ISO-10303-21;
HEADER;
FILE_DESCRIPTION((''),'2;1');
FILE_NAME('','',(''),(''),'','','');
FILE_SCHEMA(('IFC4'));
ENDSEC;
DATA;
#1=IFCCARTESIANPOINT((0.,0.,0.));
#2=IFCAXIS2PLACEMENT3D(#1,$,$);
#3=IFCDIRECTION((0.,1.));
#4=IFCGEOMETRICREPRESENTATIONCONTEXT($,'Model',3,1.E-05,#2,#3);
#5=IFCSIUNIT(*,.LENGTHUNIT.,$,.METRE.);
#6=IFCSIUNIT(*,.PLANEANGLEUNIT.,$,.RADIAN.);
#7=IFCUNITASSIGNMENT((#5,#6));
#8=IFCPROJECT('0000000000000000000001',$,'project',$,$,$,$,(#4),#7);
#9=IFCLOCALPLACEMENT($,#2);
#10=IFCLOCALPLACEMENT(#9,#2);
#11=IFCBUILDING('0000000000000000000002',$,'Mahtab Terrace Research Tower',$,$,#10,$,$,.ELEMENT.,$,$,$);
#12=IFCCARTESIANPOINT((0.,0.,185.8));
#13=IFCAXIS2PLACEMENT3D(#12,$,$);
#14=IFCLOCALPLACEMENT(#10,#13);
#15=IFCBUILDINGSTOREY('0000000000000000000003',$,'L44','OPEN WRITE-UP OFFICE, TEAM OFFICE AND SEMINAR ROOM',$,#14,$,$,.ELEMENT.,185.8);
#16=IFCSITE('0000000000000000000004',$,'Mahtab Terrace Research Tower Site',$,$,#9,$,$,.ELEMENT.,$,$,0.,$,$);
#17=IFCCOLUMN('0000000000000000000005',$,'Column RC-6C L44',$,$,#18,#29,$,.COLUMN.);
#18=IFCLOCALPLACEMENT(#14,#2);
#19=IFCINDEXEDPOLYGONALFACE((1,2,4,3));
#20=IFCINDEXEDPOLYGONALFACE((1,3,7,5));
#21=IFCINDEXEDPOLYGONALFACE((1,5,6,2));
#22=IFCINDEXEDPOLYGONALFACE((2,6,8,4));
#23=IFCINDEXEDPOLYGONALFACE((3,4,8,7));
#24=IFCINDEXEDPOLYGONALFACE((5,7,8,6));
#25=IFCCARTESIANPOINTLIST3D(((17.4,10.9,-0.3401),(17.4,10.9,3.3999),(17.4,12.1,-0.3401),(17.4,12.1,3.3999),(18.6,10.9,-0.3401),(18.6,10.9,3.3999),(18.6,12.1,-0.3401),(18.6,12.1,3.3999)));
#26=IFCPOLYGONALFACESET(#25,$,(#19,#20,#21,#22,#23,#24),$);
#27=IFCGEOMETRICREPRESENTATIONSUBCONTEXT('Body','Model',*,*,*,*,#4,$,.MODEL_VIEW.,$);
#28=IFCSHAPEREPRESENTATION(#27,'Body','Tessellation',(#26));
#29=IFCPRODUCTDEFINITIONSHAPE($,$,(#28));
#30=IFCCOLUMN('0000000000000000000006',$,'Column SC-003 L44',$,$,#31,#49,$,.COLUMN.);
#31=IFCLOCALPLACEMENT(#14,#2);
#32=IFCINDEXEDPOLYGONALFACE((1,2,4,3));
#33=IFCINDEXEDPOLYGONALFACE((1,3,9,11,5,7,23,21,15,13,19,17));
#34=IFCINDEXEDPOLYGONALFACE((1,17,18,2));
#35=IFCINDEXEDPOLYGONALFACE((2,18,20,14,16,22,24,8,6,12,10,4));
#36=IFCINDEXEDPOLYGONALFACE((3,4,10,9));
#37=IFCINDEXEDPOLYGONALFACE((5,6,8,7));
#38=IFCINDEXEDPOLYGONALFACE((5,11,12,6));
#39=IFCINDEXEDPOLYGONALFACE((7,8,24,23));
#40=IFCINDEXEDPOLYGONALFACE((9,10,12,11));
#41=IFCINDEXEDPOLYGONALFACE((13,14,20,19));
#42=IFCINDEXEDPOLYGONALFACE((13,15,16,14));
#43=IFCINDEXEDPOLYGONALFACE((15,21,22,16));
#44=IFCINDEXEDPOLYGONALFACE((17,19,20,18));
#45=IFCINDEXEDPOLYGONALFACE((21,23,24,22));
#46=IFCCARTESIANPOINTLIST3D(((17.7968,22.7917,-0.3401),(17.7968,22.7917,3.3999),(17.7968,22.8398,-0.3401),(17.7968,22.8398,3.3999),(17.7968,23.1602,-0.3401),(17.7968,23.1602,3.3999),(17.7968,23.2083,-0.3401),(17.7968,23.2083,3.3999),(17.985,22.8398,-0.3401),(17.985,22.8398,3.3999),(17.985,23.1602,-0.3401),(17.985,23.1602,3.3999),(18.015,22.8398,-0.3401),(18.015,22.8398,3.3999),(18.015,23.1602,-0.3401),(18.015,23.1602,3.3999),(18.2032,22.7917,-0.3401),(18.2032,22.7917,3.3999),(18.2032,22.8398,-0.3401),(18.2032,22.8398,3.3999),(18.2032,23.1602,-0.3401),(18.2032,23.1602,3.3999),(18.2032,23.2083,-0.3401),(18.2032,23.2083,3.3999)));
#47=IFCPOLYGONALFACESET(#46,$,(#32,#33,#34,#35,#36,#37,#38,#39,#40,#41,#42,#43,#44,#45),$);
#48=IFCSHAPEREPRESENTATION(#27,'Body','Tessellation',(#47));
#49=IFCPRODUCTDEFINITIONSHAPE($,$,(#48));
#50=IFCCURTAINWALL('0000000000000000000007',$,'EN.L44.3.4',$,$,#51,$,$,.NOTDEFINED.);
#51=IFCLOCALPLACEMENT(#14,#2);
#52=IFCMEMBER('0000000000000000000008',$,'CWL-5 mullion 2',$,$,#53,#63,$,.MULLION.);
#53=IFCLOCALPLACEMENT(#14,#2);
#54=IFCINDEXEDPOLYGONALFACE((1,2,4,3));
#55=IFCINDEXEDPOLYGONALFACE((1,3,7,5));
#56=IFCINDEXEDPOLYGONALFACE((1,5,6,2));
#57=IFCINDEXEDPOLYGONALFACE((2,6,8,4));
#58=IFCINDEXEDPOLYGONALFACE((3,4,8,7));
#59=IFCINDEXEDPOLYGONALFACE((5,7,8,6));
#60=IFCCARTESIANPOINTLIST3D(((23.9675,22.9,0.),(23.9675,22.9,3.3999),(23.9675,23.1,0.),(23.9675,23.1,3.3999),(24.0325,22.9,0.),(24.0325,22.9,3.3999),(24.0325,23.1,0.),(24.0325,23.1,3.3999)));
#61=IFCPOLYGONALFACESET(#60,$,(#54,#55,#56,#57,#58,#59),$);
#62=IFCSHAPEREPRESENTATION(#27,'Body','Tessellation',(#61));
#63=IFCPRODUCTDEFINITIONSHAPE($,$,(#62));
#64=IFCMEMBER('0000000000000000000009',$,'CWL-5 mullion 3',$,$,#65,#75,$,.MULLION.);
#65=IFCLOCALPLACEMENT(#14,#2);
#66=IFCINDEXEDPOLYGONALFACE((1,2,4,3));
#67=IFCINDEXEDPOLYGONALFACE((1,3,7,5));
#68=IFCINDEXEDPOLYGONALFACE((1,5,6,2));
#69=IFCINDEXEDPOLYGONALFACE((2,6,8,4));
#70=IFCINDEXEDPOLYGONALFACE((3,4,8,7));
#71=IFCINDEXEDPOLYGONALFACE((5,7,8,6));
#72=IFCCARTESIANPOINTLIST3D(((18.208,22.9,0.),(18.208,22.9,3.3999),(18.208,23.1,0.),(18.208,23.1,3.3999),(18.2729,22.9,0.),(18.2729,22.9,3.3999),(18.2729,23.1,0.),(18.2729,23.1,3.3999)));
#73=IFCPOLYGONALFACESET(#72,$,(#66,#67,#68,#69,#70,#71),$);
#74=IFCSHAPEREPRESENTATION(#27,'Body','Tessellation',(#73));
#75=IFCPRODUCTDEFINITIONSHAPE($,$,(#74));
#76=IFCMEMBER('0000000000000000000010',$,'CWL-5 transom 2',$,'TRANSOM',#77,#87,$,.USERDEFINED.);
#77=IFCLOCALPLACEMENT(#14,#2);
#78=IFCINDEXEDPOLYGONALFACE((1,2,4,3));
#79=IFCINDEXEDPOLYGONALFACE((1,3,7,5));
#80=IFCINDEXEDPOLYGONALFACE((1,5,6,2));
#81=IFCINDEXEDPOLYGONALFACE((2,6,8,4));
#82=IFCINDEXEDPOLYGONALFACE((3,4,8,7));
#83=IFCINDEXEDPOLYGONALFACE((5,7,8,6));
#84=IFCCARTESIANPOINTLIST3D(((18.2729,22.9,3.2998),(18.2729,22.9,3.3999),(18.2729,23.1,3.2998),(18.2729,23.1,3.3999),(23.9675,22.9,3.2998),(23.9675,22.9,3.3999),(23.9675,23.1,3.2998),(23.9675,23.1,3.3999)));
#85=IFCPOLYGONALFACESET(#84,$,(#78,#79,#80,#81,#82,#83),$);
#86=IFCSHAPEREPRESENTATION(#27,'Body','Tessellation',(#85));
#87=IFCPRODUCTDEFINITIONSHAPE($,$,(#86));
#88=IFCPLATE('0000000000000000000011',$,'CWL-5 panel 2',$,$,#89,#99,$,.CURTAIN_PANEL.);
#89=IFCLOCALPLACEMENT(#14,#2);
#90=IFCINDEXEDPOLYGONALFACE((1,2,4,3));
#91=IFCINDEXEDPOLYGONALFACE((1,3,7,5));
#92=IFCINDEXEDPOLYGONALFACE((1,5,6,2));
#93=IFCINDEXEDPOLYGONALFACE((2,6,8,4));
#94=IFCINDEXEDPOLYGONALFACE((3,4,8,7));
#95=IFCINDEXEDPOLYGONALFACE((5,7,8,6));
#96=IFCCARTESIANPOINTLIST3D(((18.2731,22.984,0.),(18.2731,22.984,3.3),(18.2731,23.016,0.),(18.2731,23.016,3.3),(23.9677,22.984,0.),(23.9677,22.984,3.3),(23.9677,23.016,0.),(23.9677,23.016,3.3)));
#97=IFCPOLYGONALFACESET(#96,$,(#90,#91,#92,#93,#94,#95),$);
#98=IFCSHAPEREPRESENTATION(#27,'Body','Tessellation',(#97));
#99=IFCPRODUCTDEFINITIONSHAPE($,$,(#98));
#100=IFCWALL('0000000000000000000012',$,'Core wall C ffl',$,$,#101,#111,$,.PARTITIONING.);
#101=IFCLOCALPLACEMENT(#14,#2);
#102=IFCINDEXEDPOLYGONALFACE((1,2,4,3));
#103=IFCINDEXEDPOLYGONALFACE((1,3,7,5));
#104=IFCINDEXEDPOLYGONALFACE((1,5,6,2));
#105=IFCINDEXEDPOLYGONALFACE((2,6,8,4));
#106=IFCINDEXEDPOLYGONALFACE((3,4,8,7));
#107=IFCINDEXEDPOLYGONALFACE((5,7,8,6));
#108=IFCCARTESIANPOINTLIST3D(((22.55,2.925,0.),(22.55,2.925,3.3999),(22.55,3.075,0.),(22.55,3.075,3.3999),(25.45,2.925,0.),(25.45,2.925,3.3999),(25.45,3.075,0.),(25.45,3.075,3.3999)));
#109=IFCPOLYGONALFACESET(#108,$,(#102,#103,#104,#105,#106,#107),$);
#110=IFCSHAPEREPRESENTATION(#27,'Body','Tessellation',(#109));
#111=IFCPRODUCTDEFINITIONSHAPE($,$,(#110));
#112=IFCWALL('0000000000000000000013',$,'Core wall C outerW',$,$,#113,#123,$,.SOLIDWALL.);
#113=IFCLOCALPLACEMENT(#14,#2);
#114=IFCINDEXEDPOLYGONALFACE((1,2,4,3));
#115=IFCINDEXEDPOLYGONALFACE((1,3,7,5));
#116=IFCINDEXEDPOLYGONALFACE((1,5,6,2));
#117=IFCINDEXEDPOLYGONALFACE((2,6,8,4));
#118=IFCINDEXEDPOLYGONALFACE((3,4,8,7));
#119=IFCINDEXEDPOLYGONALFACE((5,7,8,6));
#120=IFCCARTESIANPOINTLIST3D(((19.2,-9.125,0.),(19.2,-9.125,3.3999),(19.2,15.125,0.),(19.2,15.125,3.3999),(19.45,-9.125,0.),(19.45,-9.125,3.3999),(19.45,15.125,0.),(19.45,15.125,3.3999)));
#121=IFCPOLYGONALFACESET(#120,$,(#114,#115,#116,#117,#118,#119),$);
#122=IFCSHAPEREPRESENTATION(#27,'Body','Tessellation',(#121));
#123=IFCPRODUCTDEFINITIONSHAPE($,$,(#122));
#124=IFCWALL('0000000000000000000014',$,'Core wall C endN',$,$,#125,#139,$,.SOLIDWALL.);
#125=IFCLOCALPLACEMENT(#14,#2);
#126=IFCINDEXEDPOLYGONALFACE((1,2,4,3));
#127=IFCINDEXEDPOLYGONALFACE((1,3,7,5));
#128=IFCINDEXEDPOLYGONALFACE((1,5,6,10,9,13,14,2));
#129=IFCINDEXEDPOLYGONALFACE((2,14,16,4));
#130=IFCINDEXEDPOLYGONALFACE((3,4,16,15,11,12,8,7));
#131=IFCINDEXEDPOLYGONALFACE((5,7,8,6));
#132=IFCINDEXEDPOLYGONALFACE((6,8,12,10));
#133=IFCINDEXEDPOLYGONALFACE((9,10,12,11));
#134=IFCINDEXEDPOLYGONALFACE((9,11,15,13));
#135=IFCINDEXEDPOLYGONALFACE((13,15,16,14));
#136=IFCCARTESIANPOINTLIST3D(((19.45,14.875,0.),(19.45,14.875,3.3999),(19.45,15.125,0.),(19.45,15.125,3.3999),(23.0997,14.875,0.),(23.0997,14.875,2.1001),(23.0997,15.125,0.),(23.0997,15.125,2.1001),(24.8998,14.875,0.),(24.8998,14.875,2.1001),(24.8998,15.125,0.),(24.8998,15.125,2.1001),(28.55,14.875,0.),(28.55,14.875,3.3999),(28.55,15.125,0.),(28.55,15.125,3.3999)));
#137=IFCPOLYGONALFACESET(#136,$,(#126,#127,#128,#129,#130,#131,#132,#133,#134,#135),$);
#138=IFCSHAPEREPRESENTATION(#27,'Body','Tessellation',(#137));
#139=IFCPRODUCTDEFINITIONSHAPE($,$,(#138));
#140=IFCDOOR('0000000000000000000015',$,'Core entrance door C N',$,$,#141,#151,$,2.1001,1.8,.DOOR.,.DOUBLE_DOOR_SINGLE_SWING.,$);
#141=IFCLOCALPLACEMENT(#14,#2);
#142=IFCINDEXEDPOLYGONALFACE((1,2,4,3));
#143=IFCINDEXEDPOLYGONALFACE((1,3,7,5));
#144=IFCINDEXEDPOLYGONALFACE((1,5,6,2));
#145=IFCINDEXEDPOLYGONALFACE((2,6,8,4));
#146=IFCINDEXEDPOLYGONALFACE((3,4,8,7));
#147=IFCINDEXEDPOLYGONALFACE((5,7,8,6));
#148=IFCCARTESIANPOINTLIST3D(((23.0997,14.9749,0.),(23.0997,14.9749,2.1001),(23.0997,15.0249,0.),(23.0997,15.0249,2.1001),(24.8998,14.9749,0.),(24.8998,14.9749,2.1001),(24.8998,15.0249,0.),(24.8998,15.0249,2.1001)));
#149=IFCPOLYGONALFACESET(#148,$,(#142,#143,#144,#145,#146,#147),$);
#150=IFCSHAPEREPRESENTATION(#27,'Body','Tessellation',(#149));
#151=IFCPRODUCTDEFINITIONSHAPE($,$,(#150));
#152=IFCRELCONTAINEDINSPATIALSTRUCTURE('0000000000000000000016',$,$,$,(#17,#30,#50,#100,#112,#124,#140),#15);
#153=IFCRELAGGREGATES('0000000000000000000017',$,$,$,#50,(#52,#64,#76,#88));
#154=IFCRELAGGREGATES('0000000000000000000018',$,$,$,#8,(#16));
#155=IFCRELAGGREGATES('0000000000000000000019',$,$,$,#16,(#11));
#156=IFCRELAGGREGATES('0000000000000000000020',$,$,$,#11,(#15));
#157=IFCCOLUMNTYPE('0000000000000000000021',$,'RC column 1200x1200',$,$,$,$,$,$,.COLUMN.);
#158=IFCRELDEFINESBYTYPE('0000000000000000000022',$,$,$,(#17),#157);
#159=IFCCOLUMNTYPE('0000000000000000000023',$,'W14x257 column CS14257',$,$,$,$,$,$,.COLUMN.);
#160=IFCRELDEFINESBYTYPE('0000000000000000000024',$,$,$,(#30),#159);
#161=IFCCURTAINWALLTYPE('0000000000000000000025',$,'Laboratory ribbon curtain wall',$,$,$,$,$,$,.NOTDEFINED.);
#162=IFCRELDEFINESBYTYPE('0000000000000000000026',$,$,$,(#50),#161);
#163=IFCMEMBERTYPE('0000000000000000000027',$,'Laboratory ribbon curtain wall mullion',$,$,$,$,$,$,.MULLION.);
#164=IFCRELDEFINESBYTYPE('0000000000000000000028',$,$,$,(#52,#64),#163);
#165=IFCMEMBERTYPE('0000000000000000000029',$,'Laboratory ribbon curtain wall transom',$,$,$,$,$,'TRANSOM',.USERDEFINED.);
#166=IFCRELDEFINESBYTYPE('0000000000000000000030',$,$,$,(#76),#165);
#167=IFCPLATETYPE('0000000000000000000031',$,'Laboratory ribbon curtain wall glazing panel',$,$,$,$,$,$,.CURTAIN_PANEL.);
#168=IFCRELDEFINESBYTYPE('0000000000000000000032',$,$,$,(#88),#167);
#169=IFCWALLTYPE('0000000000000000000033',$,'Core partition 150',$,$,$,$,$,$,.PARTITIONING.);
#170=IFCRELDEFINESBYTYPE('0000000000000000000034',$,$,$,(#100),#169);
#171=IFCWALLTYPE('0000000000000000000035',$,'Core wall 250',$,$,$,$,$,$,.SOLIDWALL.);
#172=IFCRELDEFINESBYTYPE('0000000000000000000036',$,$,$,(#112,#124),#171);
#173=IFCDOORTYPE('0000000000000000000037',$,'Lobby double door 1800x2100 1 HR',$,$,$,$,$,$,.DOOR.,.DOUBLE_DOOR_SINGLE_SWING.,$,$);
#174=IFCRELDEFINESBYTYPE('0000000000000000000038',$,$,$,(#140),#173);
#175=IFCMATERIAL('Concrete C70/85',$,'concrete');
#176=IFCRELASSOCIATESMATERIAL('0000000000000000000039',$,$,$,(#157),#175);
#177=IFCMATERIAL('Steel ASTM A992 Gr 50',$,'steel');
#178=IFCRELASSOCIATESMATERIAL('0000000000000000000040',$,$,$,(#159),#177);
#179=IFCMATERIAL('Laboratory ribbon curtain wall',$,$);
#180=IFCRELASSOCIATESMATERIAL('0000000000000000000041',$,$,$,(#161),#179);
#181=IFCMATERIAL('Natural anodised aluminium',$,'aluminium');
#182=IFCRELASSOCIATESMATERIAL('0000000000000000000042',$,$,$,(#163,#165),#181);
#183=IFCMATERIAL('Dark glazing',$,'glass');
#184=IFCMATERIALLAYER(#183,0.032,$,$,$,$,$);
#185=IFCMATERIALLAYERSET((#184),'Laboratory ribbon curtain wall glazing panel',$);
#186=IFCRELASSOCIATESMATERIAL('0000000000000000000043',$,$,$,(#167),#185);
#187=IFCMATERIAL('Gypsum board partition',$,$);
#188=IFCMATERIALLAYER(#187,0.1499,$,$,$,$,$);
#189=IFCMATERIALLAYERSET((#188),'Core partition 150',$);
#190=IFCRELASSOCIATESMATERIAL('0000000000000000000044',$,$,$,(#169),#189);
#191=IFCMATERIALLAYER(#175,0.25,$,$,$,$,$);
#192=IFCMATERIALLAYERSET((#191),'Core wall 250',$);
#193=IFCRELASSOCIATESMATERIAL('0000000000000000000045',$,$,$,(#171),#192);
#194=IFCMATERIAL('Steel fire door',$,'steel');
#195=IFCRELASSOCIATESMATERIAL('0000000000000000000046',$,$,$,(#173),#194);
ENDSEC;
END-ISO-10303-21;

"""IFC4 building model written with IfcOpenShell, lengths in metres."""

from ifc_helpers import new_model, si_unit, direction, frame, frame_2d, origin, origin_2d, place, context, subcontext, project, spatial, rectangle, i_section, extrude, material, layer, layer_set, material_profile, profile_set, type_object, element, fill, aggregate, save


model = new_model("IFC4")

# Units and contexts
model_context = context("Model", 3, precision=1e-05, world=origin(), true_north=direction((0.0, 1.0)))
body_context = subcontext(model_context, "Body", "Model", "MODEL_VIEW")
ifc_project = project(units=[si_unit("LENGTHUNIT", "METRE"), si_unit("PLANEANGLEUNIT", "RADIAN")], contexts=[model_context])

# Site, building, storey
site_placement = place(None, origin())
site = spatial("IfcSite", under=ifc_project, at=site_placement, Name="Mahtab Terrace Research Tower Site", CompositionType="ELEMENT", RefElevation=0.0)
building_placement = place(site_placement, origin())
building = spatial("IfcBuilding", under=site, at=building_placement, Name="Mahtab Terrace Research Tower", CompositionType="ELEMENT")
storey_placement = place(building_placement, frame((0.0, 0.0, 185.8)))
storey = spatial("IfcBuildingStorey", under=building, at=storey_placement, Name="L44", Description="OPEN WRITE-UP OFFICE, TEAM OFFICE AND SEMINAR ROOM", CompositionType="ELEMENT", Elevation=185.8)

# Columns
ifc_material_1 = material(Name="Concrete C70/85", Category="concrete")
ifc_material_profile_1 = material_profile(ifc_material_1, rectangle(XDim=1.2, YDim=1.2, at=origin_2d()), Name="RC column 1200x1200")
ifc_profile_set_1 = profile_set([ifc_material_profile_1], Name="Concrete C70/85")
column_type_1 = type_object("IfcColumnType", Name="RC column 1200x1200", PredefinedType="COLUMN", material=ifc_profile_set_1)
column_1_placement = place(storey_placement, frame((18.0, 11.5, -0.3401), z_axis=(0.0, 0.0, 1.0), x_axis=(1.0, 0.0, 0.0)))
element("IfcColumn", 1, at=column_1_placement, inside=storey, type_object=column_type_1, Name="Column RC-6C L44", PredefinedType="COLUMN", context=body_context, shape_type="SweptSolid", body=[
    extrude(rectangle(XDim=1.2, YDim=1.2, at=origin_2d()), origin(), (0.0, 0.0, 1.0), 3.74),
])
ifc_material_2 = material(Name="Steel ASTM A992 Gr 50", Category="steel")
ifc_material_profile_2 = material_profile(ifc_material_2, i_section(OverallWidth=0.4065, OverallDepth=0.4165, WebThickness=0.03, FlangeThickness=0.0481, at=origin_2d()), Name="W14X257")
ifc_profile_set_2 = profile_set([ifc_material_profile_2], Name="Steel ASTM A992 Gr 50")
column_type_2 = type_object("IfcColumnType", Name="W14x257 column CS14257", PredefinedType="COLUMN", material=ifc_profile_set_2)
column_2_placement = place(storey_placement, frame((18.0, 23.0, -0.3401), z_axis=(0.0, 0.0, 1.0), x_axis=(1.0, 0.0, 0.0)))
element("IfcColumn", 2, at=column_2_placement, inside=storey, type_object=column_type_2, Name="Column SC-003 L44", PredefinedType="COLUMN", context=body_context, shape_type="SweptSolid", body=[
    extrude(i_section(OverallWidth=0.4065, OverallDepth=0.4165, WebThickness=0.03, FlangeThickness=0.0481, at=origin_2d()), origin(), (0.0, 0.0, 1.0), 3.74),
])

# Curtain wall, members, plate
ifc_material_3 = material(Name="Laboratory ribbon curtain wall")
curtain_wall_type = type_object("IfcCurtainWallType", Name="Laboratory ribbon curtain wall", PredefinedType="NOTDEFINED", material=ifc_material_3)
curtain_wall_placement = place(storey_placement, origin())
curtain_wall = element("IfcCurtainWall", 3, at=curtain_wall_placement, inside=storey, type_object=curtain_wall_type, Name="EN.L44.3.4", PredefinedType="NOTDEFINED")
ifc_material_4 = material(Name="Natural anodised aluminium", Category="aluminium")
ifc_material_profile_3 = material_profile(ifc_material_4, rectangle(XDim=0.2, YDim=0.0649, at=origin_2d()), Name="MULLION 65x200")
ifc_profile_set_3 = profile_set([ifc_material_profile_3], Name="Natural anodised aluminium")
member_type_1 = type_object("IfcMemberType", Name="Laboratory ribbon curtain wall mullion", PredefinedType="MULLION", material=ifc_profile_set_3)
member_1_placement = place(storey_placement, frame((24.0, 23.0, 0.0), z_axis=(0.0, 0.0, 1.0), x_axis=(0.0, -1.0, 0.0)))
member_1 = element("IfcMember", 4, at=member_1_placement, type_object=member_type_1, Name="CWL-5 mullion 2", PredefinedType="MULLION", context=body_context, shape_type="SweptSolid", body=[
    extrude(rectangle(XDim=0.2, YDim=0.0649, at=origin_2d()), origin(), (0.0, 0.0, 1.0), 3.3999),
])
member_2_placement = place(storey_placement, frame((18.2405, 23.0, 0.0), z_axis=(0.0, 0.0, 1.0), x_axis=(0.0, -1.0, 0.0)))
member_2 = element("IfcMember", 5, at=member_2_placement, type_object=member_type_1, Name="CWL-5 mullion 3", PredefinedType="MULLION", context=body_context, shape_type="SweptSolid", body=[
    extrude(rectangle(XDim=0.2, YDim=0.0649, at=origin_2d()), origin(), (0.0, 0.0, 1.0), 3.3999),
])
ifc_material_profile_4 = material_profile(ifc_material_4, rectangle(XDim=0.2, YDim=0.1001, at=origin_2d()), Name="TRANSOM 100x200")
ifc_profile_set_4 = profile_set([ifc_material_profile_4], Name="Natural anodised aluminium")
member_type_2 = type_object("IfcMemberType", Name="Laboratory ribbon curtain wall transom", ElementType="TRANSOM", PredefinedType="USERDEFINED", material=ifc_profile_set_4)
member_3_placement = place(storey_placement, frame((23.9675, 23.0, 3.3499), z_axis=(-1.0, 0.0, 0.0), x_axis=(0.0, -1.0, 0.0)))
member_3 = element("IfcMember", 6, at=member_3_placement, type_object=member_type_2, Name="CWL-5 transom 2", ObjectType="TRANSOM", PredefinedType="USERDEFINED", context=body_context, shape_type="SweptSolid", body=[
    extrude(rectangle(XDim=0.2, YDim=0.1001, at=origin_2d()), origin(), (0.0, 0.0, 1.0), 5.6946),
])
ifc_material_5 = material(Name="Dark glazing", Category="glass")
ifc_layer_1 = layer(ifc_material_5, 0.032)
ifc_layer_set_1 = layer_set([ifc_layer_1], Name="Laboratory ribbon curtain wall glazing panel")
plate_type = type_object("IfcPlateType", Name="Laboratory ribbon curtain wall glazing panel", PredefinedType="CURTAIN_PANEL", material=ifc_layer_set_1)
plate_placement = place(storey_placement, frame((21.1204, 23.0, 0.0), z_axis=(0.0, 0.0, 1.0), x_axis=(-1.0, 0.0, 0.0)))
plate = element("IfcPlate", 7, at=plate_placement, type_object=plate_type, Name="CWL-5 panel 2", PredefinedType="CURTAIN_PANEL", context=body_context, shape_type="SweptSolid", body=[
    extrude(rectangle(XDim=5.6946, YDim=0.032, at=origin_2d()), origin(), (0.0, 0.0, 1.0), 3.3),
])
aggregate(curtain_wall, [member_1, member_2, member_3, plate])

# Walls
ifc_material_6 = material(Name="Gypsum board partition")
ifc_layer_2 = layer(ifc_material_6, 0.1499)
ifc_layer_set_2 = layer_set([ifc_layer_2], Name="Core partition 150")
wall_type_1 = type_object("IfcWallType", Name="Core partition 150", PredefinedType="PARTITIONING", material=ifc_layer_set_2)
wall_1_placement = place(storey_placement, frame((22.55, 3.0, 0.0), z_axis=(0.0, 0.0, 1.0), x_axis=(1.0, 0.0, 0.0)))
element("IfcWall", 8, at=wall_1_placement, inside=storey, type_object=wall_type_1, Name="Core wall C ffl", PredefinedType="PARTITIONING", context=body_context, shape_type="SweptSolid", body=[
    extrude(rectangle(XDim=2.8999, YDim=0.1499, at=frame_2d((1.45, 0.0))), origin(), (0.0, 0.0, 1.0), 3.3999),
])
ifc_layer_3 = layer(ifc_material_1, 0.25)
ifc_layer_set_3 = layer_set([ifc_layer_3], Name="Core wall 250")
wall_type_2 = type_object("IfcWallType", Name="Core wall 250", PredefinedType="SOLIDWALL", material=ifc_layer_set_3)
wall_2_placement = place(storey_placement, frame((19.325, 15.125, 0.0), z_axis=(0.0, 0.0, 1.0), x_axis=(0.0, -1.0, 0.0)))
element("IfcWall", 9, at=wall_2_placement, inside=storey, type_object=wall_type_2, Name="Core wall C outerW", PredefinedType="SOLIDWALL", context=body_context, shape_type="SweptSolid", body=[
    extrude(rectangle(XDim=24.25, YDim=0.25, at=frame_2d((12.125, 0.0))), origin(), (0.0, 0.0, 1.0), 3.3999),
])

# Wall, opening, door
wall_3_placement = place(storey_placement, frame((19.45, 15.0, 0.0), z_axis=(0.0, 0.0, 1.0), x_axis=(1.0, 0.0, 0.0)))
wall_3 = element("IfcWall", 10, at=wall_3_placement, inside=storey, type_object=wall_type_2, Name="Core wall C endN", PredefinedType="SOLIDWALL", context=body_context, shape_type="SweptSolid", body=[
    extrude(rectangle(XDim=9.1001, YDim=0.25, at=frame_2d((4.55, 0.0))), origin(), (0.0, 0.0, 1.0), 3.3999),
])
opening_1_placement = place(wall_3_placement, frame((3.6499, 0.0, 0.0)))
opening_1 = element("IfcOpeningElement", 11, at=opening_1_placement, cuts=wall_3, PredefinedType="OPENING", context=body_context, shape_type="SweptSolid", body=[
    extrude(rectangle(XDim=1.8, YDim=2.1001, at=frame_2d((0.8999, 1.05))), frame((0.0, 0.135, 0.0), z_axis=(0.0, -1.0, 0.0), x_axis=(1.0, 0.0, 0.0)), (0.0, 0.0, 1.0), 0.27),
])
ifc_material_7 = material(Name="Steel fire door", Category="steel")
door_type_1 = type_object("IfcDoorType", Name="Lobby double door 1800x2100 1 HR", OperationType="DOUBLE_DOOR_SINGLE_SWING", PredefinedType="DOOR", material=ifc_material_7)
door_1_placement = place(opening_1_placement, origin())
door_1 = element("IfcDoor", 12, at=door_1_placement, inside=storey, type_object=door_type_1, Name="Core entrance door C N", OperationType="DOUBLE_DOOR_SINGLE_SWING", OverallHeight=2.1001, OverallWidth=1.8, PredefinedType="DOOR", context=body_context, shape_type="SweptSolid", body=[
    extrude(rectangle(XDim=1.8, YDim=2.1001, at=frame_2d((0.8999, 1.05))), frame((0.0, 0.0249, 0.0), z_axis=(0.0, -1.0, 0.0), x_axis=(1.0, 0.0, 0.0)), (0.0, 0.0, 1.0), 0.05),
])
fill(opening_1, door_1)

save(model, "model.ifc")
